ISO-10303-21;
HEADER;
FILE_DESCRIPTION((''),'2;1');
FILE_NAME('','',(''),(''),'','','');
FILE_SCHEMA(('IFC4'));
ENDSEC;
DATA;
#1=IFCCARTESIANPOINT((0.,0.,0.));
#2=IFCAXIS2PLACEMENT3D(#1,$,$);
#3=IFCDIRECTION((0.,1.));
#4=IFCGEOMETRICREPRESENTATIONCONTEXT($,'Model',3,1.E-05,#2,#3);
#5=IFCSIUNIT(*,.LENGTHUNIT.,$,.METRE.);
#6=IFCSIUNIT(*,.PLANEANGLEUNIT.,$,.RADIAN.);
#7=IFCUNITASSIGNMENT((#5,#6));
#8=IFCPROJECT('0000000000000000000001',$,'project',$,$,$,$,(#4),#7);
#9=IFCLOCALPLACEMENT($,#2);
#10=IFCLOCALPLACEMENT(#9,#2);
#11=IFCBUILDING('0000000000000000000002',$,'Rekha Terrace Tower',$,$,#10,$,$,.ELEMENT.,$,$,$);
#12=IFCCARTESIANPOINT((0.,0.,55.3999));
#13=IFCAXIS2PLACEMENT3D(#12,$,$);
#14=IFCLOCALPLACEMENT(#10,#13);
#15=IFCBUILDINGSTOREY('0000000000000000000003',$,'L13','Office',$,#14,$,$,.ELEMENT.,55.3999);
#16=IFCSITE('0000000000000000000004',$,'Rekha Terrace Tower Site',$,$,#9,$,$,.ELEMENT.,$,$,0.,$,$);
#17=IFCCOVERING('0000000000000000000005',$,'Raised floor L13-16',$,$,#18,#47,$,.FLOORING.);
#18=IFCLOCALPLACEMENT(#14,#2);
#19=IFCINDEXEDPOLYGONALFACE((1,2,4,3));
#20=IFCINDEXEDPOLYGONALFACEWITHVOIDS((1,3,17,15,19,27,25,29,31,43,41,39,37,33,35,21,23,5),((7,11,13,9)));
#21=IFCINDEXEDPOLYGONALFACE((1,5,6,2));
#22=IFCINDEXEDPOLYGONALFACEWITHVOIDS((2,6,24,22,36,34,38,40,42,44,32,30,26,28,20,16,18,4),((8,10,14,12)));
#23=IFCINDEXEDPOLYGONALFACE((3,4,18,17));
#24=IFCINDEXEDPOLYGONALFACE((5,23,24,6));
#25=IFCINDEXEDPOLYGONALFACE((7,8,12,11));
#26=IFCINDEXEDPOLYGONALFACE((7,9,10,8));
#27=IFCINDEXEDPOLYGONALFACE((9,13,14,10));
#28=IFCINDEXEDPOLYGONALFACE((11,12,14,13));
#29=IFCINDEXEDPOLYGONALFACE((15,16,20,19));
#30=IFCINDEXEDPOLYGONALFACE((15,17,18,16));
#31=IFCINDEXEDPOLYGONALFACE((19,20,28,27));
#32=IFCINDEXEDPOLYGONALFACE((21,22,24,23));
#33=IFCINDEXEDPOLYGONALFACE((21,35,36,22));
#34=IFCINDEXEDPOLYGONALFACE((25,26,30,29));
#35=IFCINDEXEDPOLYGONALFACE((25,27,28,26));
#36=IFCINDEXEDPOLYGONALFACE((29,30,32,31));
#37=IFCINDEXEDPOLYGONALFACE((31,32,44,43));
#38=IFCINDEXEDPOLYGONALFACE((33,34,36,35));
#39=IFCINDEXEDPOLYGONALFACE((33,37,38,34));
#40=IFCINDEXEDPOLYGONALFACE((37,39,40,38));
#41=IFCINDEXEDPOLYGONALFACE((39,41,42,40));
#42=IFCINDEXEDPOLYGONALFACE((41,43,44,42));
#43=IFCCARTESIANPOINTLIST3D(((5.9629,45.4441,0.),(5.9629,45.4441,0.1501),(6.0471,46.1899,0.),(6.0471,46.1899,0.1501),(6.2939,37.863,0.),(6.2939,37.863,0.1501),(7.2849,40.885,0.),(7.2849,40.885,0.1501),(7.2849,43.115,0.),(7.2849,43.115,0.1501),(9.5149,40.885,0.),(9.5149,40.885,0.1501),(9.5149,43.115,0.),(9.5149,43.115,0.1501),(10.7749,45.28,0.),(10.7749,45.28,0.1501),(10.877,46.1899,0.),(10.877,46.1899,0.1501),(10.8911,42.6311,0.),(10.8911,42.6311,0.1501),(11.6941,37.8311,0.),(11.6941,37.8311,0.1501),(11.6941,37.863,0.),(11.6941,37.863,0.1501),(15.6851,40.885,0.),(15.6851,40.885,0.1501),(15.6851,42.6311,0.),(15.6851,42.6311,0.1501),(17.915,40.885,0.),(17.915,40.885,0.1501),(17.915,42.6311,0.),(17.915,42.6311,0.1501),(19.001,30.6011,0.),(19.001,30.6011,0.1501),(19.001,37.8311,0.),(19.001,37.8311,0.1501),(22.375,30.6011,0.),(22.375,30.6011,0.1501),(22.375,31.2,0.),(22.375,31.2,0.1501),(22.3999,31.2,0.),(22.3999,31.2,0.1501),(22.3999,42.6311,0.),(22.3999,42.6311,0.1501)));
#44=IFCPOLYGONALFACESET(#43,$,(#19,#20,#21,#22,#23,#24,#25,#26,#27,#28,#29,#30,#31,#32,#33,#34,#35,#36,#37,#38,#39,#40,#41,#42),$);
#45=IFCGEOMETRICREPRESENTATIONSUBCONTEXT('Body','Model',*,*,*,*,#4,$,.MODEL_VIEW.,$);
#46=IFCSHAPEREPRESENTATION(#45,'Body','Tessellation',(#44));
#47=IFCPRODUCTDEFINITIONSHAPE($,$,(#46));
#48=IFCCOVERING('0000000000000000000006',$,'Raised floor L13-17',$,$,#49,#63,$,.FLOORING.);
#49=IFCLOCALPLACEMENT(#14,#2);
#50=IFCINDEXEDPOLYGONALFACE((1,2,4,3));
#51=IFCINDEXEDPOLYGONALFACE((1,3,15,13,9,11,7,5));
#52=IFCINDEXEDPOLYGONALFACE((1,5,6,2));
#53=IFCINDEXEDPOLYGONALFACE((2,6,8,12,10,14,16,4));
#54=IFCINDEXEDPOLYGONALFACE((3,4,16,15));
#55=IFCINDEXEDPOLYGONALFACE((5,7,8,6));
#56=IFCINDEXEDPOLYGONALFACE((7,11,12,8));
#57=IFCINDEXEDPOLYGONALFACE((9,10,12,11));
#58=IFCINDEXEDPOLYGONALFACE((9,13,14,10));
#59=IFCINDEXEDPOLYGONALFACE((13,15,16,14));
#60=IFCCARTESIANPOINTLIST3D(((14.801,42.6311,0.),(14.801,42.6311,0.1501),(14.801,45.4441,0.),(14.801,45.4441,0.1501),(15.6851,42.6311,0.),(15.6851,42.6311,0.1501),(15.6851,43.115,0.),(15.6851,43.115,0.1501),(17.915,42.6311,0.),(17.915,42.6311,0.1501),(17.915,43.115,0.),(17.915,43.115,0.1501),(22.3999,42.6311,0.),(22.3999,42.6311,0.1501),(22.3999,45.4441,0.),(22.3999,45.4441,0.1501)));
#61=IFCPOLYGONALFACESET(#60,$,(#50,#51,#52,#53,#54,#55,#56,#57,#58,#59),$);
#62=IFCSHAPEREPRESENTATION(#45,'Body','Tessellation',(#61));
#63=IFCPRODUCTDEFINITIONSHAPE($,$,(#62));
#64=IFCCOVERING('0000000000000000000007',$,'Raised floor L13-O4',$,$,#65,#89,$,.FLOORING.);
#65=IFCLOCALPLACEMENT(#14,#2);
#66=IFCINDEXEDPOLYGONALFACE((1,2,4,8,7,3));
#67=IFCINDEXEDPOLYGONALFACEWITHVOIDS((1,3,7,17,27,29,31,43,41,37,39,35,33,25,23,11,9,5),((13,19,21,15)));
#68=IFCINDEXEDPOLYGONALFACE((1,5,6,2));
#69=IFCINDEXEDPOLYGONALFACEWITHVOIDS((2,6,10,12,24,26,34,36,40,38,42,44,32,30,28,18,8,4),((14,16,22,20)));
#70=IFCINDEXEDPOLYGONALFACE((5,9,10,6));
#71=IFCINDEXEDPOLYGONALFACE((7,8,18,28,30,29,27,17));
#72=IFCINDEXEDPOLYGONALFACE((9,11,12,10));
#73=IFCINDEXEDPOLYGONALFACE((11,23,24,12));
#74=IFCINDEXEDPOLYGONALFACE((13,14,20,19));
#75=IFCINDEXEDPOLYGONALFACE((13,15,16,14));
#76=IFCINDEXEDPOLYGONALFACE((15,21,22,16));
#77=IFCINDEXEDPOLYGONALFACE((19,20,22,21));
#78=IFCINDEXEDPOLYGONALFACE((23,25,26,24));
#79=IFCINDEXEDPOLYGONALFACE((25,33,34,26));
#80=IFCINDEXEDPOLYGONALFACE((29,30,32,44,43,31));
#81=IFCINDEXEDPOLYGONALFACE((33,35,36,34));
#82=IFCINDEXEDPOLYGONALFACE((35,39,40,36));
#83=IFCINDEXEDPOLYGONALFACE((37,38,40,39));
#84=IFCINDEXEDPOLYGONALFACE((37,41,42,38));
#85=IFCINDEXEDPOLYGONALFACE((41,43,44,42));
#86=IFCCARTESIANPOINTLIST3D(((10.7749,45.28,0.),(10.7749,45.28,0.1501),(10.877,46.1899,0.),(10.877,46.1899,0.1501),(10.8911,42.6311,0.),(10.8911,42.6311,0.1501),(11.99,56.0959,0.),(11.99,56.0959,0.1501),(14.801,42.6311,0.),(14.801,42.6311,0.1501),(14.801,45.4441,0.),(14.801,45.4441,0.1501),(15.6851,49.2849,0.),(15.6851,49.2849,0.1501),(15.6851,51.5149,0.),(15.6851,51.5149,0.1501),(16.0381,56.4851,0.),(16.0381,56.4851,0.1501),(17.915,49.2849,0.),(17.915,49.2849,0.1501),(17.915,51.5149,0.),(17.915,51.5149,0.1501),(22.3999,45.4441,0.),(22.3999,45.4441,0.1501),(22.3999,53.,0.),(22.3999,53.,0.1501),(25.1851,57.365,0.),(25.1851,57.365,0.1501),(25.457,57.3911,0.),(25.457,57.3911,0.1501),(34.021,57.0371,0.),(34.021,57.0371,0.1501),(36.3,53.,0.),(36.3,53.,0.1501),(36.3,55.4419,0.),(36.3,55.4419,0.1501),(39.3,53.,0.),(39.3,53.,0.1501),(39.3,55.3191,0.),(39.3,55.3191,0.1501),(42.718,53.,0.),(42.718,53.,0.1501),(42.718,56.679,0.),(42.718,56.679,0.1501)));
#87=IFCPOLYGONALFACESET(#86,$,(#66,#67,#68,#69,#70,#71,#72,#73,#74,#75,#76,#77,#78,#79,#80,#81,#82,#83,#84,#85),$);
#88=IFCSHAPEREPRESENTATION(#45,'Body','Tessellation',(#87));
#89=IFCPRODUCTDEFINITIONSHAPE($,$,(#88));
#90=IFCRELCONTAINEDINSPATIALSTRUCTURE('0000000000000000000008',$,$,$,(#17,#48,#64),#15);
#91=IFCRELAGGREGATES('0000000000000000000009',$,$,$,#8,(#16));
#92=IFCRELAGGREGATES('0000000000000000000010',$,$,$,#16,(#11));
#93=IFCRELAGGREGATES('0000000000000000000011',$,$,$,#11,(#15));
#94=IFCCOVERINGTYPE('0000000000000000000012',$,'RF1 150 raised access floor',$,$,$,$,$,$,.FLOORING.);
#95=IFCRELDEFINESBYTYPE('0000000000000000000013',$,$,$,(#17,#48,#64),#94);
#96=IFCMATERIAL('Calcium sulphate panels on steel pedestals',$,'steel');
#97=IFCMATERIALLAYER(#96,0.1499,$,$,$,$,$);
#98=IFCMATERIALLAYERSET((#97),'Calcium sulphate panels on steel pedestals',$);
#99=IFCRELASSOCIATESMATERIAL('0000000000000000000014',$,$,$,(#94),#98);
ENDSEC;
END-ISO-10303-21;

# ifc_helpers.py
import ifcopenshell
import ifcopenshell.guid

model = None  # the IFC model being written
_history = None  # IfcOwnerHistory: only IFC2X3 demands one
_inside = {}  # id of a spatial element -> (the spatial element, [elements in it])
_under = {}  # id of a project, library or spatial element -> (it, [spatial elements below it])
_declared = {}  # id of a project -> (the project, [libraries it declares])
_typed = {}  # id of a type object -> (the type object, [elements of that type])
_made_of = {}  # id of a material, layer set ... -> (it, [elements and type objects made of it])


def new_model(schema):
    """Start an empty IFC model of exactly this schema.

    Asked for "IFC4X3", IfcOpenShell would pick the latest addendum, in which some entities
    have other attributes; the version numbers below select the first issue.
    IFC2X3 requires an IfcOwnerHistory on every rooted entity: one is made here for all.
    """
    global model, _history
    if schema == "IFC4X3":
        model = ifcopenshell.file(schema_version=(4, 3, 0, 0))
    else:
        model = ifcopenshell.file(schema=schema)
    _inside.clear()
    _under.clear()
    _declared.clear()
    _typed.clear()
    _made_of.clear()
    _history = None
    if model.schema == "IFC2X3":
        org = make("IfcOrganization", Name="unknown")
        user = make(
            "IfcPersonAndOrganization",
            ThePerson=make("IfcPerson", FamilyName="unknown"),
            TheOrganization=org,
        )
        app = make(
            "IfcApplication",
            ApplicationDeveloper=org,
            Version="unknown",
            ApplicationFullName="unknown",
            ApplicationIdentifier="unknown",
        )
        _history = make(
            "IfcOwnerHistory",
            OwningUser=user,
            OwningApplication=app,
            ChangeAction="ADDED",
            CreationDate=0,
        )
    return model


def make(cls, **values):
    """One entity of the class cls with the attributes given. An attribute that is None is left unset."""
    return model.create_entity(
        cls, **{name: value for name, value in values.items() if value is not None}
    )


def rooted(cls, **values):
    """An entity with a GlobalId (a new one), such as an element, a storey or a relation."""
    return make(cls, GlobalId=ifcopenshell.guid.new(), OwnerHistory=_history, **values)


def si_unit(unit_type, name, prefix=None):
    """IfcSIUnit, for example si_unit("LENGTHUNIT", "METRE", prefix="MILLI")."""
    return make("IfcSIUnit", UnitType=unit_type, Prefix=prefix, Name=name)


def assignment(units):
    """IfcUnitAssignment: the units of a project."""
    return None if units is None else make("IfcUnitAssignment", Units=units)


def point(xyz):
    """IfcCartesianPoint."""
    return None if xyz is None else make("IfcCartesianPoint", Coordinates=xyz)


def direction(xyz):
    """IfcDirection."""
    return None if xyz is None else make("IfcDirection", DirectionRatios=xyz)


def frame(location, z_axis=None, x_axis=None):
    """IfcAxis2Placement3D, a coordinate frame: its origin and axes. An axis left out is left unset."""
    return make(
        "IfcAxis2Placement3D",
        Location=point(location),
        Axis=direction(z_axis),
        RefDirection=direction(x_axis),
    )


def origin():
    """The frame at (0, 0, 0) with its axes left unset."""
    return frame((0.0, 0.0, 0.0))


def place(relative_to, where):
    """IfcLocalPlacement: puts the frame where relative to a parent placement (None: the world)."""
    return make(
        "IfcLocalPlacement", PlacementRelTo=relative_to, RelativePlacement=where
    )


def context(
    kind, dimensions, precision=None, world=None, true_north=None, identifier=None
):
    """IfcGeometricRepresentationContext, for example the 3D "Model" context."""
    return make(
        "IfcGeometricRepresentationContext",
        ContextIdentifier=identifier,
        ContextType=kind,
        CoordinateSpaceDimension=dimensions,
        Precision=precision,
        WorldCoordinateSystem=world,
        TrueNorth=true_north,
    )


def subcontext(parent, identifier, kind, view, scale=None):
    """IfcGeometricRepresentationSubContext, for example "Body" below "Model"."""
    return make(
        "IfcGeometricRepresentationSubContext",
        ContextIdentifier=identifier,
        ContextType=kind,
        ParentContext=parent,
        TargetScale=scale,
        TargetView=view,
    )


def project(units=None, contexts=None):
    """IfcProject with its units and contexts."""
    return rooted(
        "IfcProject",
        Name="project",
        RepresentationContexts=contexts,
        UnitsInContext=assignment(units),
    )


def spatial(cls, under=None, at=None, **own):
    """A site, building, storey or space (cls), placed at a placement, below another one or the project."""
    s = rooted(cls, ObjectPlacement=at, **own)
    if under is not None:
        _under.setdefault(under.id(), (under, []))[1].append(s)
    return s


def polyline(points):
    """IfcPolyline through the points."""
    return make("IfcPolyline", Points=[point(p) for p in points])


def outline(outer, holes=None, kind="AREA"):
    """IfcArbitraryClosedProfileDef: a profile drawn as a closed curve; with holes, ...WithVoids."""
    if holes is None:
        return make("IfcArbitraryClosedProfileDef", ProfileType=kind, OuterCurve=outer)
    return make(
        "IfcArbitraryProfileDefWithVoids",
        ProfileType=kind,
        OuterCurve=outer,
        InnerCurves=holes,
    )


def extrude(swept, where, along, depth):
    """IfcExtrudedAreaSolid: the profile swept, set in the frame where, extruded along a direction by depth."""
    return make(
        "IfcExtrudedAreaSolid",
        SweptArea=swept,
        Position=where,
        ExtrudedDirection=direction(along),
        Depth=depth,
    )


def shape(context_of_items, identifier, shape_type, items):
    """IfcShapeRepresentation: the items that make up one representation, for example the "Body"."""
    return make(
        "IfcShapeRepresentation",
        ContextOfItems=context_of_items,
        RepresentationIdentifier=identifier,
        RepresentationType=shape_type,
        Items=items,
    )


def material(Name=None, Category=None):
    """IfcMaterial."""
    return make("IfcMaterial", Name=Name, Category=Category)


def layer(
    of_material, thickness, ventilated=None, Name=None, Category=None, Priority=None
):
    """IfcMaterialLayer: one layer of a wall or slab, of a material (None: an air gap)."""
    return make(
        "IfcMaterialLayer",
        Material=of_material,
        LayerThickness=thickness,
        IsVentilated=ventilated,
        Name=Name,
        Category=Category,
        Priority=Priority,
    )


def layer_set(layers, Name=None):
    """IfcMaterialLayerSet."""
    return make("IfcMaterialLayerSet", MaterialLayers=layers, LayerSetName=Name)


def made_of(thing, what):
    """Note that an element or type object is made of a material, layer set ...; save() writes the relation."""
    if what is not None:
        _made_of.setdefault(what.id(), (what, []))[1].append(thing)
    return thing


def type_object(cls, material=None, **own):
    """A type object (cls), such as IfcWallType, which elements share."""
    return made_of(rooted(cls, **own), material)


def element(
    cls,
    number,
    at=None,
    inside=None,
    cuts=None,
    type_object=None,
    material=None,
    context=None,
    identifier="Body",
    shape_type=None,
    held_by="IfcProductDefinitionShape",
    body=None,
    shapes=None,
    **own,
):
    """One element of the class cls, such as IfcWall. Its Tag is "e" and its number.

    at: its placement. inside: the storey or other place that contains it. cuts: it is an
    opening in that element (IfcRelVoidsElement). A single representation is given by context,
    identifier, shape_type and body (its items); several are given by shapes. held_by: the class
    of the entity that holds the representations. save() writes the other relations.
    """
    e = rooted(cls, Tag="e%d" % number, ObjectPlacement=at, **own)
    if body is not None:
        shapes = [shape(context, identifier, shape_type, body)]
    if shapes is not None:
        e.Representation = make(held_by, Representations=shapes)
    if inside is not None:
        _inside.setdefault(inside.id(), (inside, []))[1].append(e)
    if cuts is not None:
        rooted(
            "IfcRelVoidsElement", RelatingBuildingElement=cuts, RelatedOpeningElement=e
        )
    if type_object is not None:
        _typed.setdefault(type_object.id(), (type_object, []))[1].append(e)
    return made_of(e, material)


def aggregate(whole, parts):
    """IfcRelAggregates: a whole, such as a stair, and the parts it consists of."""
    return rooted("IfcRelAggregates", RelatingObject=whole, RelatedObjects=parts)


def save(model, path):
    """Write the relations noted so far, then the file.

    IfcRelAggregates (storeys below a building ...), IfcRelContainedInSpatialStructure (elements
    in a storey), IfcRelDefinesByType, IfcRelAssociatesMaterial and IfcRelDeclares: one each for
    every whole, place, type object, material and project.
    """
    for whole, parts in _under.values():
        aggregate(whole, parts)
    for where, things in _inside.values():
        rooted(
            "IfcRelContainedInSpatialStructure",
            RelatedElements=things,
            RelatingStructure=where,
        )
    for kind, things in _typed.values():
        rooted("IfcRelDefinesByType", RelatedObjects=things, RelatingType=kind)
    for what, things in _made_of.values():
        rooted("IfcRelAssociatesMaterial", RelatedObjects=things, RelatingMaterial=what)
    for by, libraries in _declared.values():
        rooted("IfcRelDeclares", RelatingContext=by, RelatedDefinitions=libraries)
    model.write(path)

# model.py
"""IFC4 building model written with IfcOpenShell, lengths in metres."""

from ifc_helpers import new_model, si_unit, direction, frame, origin, place, context, subcontext, project, spatial, polyline, outline, extrude, material, layer, layer_set, type_object, element, save


model = new_model("IFC4")

# Units and contexts
model_context = context("Model", 3, precision=1e-05, world=origin(), true_north=direction((0.0, 1.0)))
body_context = subcontext(model_context, "Body", "Model", "MODEL_VIEW")
ifc_project = project(units=[si_unit("LENGTHUNIT", "METRE"), si_unit("PLANEANGLEUNIT", "RADIAN")], contexts=[model_context])

# Site, building, storey
site_placement = place(None, origin())
site = spatial("IfcSite", under=ifc_project, at=site_placement, Name="Rekha Terrace Tower Site", CompositionType="ELEMENT", RefElevation=0.0)
building_placement = place(site_placement, origin())
building = spatial("IfcBuilding", under=site, at=building_placement, Name="Rekha Terrace Tower", CompositionType="ELEMENT")
storey_placement = place(building_placement, frame((0.0, 0.0, 55.3999)))
storey = spatial("IfcBuildingStorey", under=building, at=storey_placement, Name="L13", Description="Office", CompositionType="ELEMENT", Elevation=55.3999)

# Coverings
ifc_material_1 = material(Name="Calcium sulphate panels on steel pedestals", Category="steel")
ifc_layer_1 = layer(ifc_material_1, 0.1499)
ifc_layer_set_1 = layer_set([ifc_layer_1], Name="Calcium sulphate panels on steel pedestals")
covering_type_1 = type_object("IfcCoveringType", Name="RF1 150 raised access floor", PredefinedType="FLOORING", material=ifc_layer_set_1)
covering_1_placement = place(storey_placement, origin())
element("IfcCovering", 1, at=covering_1_placement, inside=storey, type_object=covering_type_1, Name="Raised floor L13-16", PredefinedType="FLOORING", context=body_context, shape_type="SweptSolid", body=[
    extrude(outline(polyline([(6.0471, 46.1899), (5.9629, 45.4441), (6.2939, 37.863), (11.6941, 37.863), (11.6941, 37.8311), (19.001, 37.8311), (19.001, 30.6011), (22.375, 30.6011), (22.375, 31.2), (22.3999, 31.2), (22.3999, 42.6311), (17.915, 42.6311), (17.915, 40.885), (15.6851, 40.885), (15.6851, 42.6311), (10.8911, 42.6311), (10.7749, 45.28), (10.877, 46.1899), (6.0471, 46.1899)]), holes=[polyline([(9.5149, 40.885), (7.2849, 40.885), (7.2849, 43.115), (9.5149, 43.115), (9.5149, 40.885)])]), origin(), (0.0, 0.0, 1.0), 0.1501),
])
covering_2_placement = place(storey_placement, origin())
element("IfcCovering", 2, at=covering_2_placement, inside=storey, type_object=covering_type_1, Name="Raised floor L13-17", PredefinedType="FLOORING", context=body_context, shape_type="SweptSolid", body=[
    extrude(outline(polyline([(22.3999, 45.4441), (14.801, 45.4441), (14.801, 42.6311), (15.6851, 42.6311), (15.6851, 43.115), (17.915, 43.115), (17.915, 42.6311), (22.3999, 42.6311), (22.3999, 45.4441)])), origin(), (0.0, 0.0, 1.0), 0.1501),
])
covering_3_placement = place(storey_placement, origin())
element("IfcCovering", 3, at=covering_3_placement, inside=storey, type_object=covering_type_1, Name="Raised floor L13-O4", PredefinedType="FLOORING", context=body_context, shape_type="SweptSolid", body=[
    extrude(outline(polyline([(11.99, 56.0959), (10.877, 46.1899), (10.7749, 45.28), (10.8911, 42.6311), (14.801, 42.6311), (14.801, 45.4441), (22.3999, 45.4441), (22.3999, 53.0), (36.3, 53.0), (36.3, 55.4419), (39.3, 55.3191), (39.3, 53.0), (42.718, 53.0), (42.718, 56.679), (34.021, 57.0371), (25.457, 57.3911), (25.1851, 57.365), (16.0381, 56.4851), (11.99, 56.0959)]), holes=[polyline([(17.915, 49.2849), (15.6851, 49.2849), (15.6851, 51.5149), (17.915, 51.5149), (17.915, 49.2849)])]), origin(), (0.0, 0.0, 1.0), 0.1501),
])

save(model, "model.ifc")
